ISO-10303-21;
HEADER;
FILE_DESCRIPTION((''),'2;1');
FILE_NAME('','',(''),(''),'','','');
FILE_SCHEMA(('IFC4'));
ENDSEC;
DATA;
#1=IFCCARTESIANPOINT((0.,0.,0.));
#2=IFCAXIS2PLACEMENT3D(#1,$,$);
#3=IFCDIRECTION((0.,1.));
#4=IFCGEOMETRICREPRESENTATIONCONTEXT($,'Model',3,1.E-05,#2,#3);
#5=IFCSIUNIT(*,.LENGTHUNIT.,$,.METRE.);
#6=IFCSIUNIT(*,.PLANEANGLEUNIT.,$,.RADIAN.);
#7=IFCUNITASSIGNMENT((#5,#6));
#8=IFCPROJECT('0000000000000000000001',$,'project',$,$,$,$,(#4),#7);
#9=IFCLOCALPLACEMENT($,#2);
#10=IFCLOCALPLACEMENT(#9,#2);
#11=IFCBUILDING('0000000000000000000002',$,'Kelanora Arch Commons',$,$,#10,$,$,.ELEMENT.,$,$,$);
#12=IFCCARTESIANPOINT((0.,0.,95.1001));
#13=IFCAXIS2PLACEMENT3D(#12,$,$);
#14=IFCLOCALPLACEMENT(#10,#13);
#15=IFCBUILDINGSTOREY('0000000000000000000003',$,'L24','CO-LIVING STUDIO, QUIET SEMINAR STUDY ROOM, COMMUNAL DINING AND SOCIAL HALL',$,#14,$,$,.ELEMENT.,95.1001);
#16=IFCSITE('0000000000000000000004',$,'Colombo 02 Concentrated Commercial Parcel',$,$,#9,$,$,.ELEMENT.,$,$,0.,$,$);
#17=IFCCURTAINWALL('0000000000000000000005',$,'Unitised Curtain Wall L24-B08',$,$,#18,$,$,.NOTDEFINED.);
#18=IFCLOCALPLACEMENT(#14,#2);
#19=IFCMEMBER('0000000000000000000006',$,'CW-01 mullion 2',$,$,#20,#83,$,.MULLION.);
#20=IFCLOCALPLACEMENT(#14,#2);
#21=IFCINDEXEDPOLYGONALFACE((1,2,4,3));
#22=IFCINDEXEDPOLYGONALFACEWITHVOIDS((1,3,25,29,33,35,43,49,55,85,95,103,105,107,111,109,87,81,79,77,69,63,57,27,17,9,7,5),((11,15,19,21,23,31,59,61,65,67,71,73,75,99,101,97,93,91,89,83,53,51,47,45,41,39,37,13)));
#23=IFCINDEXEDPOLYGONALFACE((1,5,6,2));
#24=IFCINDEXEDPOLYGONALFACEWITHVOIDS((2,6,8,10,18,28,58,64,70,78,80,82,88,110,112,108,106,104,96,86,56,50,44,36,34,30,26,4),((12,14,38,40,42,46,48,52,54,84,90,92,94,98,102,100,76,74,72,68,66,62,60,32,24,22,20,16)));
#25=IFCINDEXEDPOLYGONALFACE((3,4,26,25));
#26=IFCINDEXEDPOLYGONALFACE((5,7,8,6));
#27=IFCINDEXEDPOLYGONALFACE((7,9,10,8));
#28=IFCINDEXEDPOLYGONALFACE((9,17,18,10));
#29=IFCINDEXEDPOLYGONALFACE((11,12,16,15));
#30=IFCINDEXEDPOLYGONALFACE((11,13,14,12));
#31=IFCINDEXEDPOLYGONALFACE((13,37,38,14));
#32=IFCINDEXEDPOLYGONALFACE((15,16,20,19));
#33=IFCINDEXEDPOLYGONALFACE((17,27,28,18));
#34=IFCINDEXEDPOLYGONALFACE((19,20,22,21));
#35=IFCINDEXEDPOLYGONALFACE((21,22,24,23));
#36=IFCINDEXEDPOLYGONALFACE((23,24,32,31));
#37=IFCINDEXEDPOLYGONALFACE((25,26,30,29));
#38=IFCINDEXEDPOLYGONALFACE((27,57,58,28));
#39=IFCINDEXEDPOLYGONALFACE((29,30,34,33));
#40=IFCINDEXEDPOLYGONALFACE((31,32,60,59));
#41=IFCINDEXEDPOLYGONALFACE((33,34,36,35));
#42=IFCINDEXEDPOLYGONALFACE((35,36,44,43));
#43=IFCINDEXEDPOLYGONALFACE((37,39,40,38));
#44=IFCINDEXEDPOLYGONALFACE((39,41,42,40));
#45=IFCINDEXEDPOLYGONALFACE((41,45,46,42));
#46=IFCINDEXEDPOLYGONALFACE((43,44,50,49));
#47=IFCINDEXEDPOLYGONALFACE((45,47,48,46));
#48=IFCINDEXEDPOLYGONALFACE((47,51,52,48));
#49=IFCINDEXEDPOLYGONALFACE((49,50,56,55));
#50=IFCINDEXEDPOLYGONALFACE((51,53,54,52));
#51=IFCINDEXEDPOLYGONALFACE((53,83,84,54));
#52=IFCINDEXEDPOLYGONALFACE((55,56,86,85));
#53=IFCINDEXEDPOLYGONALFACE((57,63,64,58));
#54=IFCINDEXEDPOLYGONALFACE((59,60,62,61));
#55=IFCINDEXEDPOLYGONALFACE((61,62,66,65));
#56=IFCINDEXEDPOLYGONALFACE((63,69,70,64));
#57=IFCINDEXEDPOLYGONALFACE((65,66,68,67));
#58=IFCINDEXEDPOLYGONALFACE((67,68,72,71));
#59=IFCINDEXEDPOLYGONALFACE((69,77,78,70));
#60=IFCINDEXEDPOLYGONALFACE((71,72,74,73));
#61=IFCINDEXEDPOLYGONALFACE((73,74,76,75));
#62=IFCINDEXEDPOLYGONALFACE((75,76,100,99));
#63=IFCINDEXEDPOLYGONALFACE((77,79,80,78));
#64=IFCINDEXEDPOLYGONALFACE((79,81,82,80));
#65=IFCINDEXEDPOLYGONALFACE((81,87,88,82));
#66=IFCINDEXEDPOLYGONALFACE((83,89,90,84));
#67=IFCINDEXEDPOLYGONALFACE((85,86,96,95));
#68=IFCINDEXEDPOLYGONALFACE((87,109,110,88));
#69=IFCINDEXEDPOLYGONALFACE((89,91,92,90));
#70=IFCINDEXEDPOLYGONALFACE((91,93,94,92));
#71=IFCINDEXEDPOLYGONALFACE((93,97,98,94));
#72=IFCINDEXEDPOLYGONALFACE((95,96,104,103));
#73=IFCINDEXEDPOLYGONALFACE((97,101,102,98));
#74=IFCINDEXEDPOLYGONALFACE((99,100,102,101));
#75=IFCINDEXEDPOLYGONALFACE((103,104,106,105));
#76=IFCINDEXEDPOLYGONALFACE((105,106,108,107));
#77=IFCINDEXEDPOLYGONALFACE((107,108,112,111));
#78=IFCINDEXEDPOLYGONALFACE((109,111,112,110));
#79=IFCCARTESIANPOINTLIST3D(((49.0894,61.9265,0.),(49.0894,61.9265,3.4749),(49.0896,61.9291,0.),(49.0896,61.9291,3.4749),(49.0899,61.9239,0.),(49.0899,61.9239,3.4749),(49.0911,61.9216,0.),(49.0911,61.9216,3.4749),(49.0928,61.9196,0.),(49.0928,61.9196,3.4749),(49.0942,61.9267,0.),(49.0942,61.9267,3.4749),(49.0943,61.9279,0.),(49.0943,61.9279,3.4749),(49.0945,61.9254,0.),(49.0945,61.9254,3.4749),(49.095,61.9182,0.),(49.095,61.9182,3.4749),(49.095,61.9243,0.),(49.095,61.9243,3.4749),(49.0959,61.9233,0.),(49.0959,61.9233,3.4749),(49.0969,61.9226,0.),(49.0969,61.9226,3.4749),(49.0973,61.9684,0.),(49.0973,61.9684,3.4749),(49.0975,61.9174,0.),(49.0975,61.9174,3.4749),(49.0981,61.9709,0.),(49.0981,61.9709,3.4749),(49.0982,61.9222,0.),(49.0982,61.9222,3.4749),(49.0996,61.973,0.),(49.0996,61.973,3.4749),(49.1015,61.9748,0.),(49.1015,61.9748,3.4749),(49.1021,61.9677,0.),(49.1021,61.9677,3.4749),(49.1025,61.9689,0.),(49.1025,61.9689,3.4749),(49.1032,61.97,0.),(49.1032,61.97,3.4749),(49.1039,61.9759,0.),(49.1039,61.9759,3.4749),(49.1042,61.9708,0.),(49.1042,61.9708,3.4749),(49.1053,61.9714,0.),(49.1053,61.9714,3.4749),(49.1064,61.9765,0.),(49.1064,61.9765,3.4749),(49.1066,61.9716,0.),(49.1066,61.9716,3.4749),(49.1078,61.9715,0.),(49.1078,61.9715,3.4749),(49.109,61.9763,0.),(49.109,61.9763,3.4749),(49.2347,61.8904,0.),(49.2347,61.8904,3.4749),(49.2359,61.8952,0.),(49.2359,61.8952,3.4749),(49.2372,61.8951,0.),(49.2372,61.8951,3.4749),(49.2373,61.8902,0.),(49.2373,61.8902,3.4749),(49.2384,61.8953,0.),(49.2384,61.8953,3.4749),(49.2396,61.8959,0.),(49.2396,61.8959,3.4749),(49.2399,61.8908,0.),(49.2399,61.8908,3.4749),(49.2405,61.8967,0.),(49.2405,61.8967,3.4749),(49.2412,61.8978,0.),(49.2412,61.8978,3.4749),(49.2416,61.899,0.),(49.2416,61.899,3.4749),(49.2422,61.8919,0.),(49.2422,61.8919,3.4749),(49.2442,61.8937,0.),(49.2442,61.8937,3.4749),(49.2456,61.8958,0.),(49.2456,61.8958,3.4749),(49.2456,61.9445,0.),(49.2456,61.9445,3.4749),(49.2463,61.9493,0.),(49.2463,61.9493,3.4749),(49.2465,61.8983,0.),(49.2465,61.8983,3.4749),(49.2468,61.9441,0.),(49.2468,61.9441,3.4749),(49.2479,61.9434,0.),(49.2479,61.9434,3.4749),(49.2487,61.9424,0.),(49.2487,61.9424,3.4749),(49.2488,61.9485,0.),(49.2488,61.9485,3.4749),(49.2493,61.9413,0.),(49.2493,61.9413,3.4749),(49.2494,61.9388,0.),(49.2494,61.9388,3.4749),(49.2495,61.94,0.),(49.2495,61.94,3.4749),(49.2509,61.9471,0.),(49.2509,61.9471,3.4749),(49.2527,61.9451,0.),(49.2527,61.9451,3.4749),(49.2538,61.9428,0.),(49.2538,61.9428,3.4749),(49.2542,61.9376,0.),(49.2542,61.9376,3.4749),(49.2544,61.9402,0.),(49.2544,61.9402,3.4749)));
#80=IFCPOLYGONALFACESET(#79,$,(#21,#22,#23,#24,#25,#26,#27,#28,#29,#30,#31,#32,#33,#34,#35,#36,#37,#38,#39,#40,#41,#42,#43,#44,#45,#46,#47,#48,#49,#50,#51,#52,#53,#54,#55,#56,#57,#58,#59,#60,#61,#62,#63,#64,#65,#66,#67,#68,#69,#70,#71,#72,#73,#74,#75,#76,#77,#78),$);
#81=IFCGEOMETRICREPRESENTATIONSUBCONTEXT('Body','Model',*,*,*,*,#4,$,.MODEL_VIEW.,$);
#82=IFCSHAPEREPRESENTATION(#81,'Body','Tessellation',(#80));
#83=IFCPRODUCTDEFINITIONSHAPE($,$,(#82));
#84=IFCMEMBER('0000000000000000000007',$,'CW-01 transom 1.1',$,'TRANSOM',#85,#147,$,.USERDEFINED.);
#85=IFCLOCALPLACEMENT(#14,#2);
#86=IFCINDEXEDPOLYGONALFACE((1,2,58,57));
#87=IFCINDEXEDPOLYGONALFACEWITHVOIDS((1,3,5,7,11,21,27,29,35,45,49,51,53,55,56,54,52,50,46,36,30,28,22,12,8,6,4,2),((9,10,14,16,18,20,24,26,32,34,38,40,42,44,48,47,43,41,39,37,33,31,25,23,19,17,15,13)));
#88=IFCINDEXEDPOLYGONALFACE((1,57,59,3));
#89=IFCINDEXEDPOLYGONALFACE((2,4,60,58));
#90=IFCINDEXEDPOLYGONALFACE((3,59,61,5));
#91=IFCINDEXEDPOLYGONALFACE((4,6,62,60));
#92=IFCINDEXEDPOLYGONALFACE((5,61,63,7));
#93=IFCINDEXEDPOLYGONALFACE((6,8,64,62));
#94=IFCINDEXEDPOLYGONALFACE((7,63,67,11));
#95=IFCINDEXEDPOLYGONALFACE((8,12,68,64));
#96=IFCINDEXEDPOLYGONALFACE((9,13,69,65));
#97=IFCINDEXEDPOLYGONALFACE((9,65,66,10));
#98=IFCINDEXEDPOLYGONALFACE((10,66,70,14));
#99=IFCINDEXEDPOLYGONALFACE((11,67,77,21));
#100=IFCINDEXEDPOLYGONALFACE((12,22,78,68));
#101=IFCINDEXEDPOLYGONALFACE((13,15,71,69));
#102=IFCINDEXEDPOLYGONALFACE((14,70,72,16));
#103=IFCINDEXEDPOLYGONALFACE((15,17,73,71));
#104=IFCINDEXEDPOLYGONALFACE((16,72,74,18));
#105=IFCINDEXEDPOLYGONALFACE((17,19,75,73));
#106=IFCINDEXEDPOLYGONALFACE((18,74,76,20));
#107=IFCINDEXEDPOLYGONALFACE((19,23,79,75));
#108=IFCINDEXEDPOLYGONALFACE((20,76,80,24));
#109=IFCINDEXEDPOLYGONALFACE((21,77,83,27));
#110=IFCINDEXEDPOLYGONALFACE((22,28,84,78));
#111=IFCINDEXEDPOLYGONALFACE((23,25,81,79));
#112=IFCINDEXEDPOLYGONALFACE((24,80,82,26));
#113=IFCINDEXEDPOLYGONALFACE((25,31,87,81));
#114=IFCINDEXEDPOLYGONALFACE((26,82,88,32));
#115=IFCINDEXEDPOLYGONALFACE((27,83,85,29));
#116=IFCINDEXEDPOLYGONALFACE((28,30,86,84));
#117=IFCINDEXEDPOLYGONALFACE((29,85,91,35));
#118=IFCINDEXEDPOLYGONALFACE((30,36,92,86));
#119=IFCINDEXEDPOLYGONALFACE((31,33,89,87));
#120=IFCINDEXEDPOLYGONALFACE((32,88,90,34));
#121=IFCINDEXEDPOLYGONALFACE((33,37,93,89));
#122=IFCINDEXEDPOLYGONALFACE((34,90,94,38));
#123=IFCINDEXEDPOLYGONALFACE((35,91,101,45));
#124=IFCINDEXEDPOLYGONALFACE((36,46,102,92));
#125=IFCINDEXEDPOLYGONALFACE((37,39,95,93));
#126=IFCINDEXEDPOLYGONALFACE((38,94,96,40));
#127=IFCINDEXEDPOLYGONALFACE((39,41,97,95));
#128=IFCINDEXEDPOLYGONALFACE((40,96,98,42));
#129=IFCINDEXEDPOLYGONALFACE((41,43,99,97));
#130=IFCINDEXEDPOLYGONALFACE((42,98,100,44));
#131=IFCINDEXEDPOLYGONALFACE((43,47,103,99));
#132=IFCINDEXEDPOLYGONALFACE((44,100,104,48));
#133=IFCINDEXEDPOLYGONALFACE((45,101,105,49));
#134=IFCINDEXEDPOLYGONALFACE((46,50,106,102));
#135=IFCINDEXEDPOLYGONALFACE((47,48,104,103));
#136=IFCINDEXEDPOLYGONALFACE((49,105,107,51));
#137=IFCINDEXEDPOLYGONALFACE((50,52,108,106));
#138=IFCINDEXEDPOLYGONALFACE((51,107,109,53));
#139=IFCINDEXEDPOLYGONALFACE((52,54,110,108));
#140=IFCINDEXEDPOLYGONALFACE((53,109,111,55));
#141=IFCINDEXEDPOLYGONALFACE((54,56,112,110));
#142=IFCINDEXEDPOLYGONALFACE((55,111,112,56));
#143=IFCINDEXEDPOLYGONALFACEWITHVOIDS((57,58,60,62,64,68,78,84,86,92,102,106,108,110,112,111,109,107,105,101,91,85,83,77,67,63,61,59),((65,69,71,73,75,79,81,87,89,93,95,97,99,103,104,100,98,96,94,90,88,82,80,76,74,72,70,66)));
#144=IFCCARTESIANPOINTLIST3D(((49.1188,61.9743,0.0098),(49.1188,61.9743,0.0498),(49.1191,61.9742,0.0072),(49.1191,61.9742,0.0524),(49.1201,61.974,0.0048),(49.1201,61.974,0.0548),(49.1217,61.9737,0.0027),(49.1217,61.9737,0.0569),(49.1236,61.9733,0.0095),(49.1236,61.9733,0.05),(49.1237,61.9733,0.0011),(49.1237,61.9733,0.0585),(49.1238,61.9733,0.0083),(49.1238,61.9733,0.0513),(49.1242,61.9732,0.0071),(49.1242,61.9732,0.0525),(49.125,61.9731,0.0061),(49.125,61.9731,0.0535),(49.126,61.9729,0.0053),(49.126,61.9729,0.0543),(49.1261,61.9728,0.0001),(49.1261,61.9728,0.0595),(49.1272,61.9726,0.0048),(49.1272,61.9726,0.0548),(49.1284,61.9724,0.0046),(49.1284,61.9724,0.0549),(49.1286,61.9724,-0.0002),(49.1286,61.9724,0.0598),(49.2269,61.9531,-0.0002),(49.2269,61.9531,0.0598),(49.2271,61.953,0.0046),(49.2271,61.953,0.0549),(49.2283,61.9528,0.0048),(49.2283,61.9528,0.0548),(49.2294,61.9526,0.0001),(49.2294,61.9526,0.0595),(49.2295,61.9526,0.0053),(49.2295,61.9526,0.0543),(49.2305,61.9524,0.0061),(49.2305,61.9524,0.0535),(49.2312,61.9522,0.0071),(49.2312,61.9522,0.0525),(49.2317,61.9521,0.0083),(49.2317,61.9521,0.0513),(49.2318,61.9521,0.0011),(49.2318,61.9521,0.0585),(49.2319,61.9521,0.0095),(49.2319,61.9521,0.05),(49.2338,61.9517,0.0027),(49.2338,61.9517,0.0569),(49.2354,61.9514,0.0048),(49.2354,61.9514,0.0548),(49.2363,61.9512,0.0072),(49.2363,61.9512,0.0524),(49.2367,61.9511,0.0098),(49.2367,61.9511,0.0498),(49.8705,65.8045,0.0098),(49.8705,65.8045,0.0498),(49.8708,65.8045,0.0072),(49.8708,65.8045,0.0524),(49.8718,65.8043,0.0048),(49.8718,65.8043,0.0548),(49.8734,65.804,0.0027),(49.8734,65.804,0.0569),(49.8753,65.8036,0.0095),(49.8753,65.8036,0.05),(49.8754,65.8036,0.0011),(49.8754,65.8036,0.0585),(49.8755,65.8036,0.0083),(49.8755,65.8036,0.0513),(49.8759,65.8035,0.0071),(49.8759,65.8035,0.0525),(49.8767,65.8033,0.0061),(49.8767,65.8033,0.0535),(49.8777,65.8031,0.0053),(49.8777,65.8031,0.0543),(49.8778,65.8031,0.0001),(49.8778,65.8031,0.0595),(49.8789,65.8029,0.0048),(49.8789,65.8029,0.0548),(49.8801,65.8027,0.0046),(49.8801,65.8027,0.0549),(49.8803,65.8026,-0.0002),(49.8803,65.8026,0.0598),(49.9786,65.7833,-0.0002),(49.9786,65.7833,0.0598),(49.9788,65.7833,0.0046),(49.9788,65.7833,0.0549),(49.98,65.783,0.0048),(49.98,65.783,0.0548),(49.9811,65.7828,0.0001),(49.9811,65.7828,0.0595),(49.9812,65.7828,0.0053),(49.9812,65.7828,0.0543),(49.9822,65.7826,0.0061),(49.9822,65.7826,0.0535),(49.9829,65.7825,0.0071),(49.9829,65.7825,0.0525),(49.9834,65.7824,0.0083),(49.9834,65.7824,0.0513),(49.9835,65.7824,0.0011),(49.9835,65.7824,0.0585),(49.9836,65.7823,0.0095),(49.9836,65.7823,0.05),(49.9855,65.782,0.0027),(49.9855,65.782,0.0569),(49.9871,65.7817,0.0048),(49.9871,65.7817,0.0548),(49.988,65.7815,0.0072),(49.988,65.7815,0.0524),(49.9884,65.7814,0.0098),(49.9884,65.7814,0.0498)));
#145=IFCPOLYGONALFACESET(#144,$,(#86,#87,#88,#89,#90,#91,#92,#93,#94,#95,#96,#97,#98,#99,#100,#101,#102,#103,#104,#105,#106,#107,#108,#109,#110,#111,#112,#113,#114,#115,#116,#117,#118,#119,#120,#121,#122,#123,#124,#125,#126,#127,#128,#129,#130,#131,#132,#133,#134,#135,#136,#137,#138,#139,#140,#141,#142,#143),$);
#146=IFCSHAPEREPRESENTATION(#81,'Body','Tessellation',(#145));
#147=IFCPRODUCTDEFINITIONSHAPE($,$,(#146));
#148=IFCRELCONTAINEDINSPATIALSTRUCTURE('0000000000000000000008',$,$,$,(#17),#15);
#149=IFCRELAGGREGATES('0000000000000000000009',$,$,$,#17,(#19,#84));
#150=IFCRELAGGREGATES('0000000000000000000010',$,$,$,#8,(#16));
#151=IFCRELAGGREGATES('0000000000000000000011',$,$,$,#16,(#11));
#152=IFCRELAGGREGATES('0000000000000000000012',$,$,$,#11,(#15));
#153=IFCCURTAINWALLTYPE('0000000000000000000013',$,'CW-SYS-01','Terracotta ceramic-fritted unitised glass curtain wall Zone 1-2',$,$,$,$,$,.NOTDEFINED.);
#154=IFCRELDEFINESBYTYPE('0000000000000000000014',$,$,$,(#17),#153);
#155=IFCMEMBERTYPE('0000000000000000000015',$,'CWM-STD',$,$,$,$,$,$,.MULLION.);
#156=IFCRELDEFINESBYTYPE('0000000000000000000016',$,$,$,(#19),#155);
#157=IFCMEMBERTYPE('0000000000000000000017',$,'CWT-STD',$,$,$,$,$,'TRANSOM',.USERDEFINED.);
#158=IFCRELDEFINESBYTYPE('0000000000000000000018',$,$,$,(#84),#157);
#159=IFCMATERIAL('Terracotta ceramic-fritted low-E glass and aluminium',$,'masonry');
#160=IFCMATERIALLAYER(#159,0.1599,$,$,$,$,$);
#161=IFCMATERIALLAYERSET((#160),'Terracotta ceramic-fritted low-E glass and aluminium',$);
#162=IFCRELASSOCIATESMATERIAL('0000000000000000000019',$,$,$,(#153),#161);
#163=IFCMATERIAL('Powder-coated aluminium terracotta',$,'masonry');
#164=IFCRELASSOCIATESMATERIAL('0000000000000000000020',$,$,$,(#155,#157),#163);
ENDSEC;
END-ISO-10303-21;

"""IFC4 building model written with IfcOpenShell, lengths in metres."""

from ifc_helpers import new_model, si_unit, direction, frame, origin, origin_2d, place, context, subcontext, project, spatial, hollow_rectangle, extrude, material, layer, layer_set, material_profile, profile_set, type_object, element, aggregate, save


model = new_model("IFC4")

# Units and contexts
model_context = context("Model", 3, precision=1e-05, world=origin(), true_north=direction((0.0, 1.0)))
body_context = subcontext(model_context, "Body", "Model", "MODEL_VIEW")
ifc_project = project(units=[si_unit("LENGTHUNIT", "METRE"), si_unit("PLANEANGLEUNIT", "RADIAN")], contexts=[model_context])

# Site, building, storey
site_placement = place(None, origin())
site = spatial("IfcSite", under=ifc_project, at=site_placement, Name="Colombo 02 Concentrated Commercial Parcel", CompositionType="ELEMENT", RefElevation=0.0)
building_placement = place(site_placement, origin())
building = spatial("IfcBuilding", under=site, at=building_placement, Name="Kelanora Arch Commons", CompositionType="ELEMENT")
storey_placement = place(building_placement, frame((0.0, 0.0, 95.1001)))
storey = spatial("IfcBuildingStorey", under=building, at=storey_placement, Name="L24", Description="CO-LIVING STUDIO, QUIET SEMINAR STUDY ROOM, COMMUNAL DINING AND SOCIAL HALL", CompositionType="ELEMENT", Elevation=95.1001)

# Curtain wall, members
ifc_material_1 = material(Name="Terracotta ceramic-fritted low-E glass and aluminium", Category="masonry")
ifc_layer_1 = layer(ifc_material_1, 0.1599)
ifc_layer_set_1 = layer_set([ifc_layer_1], Name="Terracotta ceramic-fritted low-E glass and aluminium")
curtain_wall_type = type_object("IfcCurtainWallType", Name="CW-SYS-01", Description="Terracotta ceramic-fritted unitised glass curtain wall Zone 1-2", PredefinedType="NOTDEFINED", material=ifc_layer_set_1)
curtain_wall_placement = place(storey_placement, origin())
curtain_wall = element("IfcCurtainWall", 1, at=curtain_wall_placement, inside=storey, type_object=curtain_wall_type, Name="Unitised Curtain Wall L24-B08", PredefinedType="NOTDEFINED")
ifc_material_2 = material(Name="Powder-coated aluminium terracotta", Category="masonry")
ifc_material_profile_1 = material_profile(ifc_material_2, hollow_rectangle(XDim=0.1599, YDim=0.0601, WallThickness=0.0049, InnerFilletRadius=0.0049, OuterFilletRadius=0.01, at=origin_2d()), Name="CWM160x60")
ifc_profile_set_1 = profile_set([ifc_material_profile_1], Name="Powder-coated aluminium terracotta")
member_type_1 = type_object("IfcMemberType", Name="CWM-STD", PredefinedType="MULLION", material=ifc_profile_set_1)
member_1_placement = place(storey_placement, frame((49.1719, 61.9333, 0.0), z_axis=(0.0, 0.0, 1.0), x_axis=(0.98128, -0.192585, 0.0)))
member_1 = element("IfcMember", 2, at=member_1_placement, type_object=member_type_1, Name="CW-01 mullion 2", PredefinedType="MULLION", context=body_context, shape_type="SweptSolid", body=[
    extrude(hollow_rectangle(XDim=0.1599, YDim=0.0601, WallThickness=0.0049, InnerFilletRadius=0.0049, OuterFilletRadius=0.01, at=origin_2d()), origin(), (0.0, 0.0, 1.0), 3.4749),
])
ifc_material_profile_2 = material_profile(ifc_material_2, hollow_rectangle(XDim=0.1201, YDim=0.0601, WallThickness=0.0049, InnerFilletRadius=0.0049, OuterFilletRadius=0.01, at=origin_2d()), Name="CWT120x60")
ifc_profile_set_2 = profile_set([ifc_material_profile_2], Name="Powder-coated aluminium terracotta")
member_type_2 = type_object("IfcMemberType", Name="CWT-STD", ElementType="TRANSOM", PredefinedType="USERDEFINED", material=ifc_profile_set_2)
member_2_placement = place(storey_placement, frame((49.9294, 65.793, 0.0298), z_axis=(-0.192579, -0.981282, 0.0), x_axis=(0.981282, -0.192579, 0.0)))
member_2 = element("IfcMember", 3, at=member_2_placement, type_object=member_type_2, Name="CW-01 transom 1.1", ObjectType="TRANSOM", PredefinedType="USERDEFINED", context=body_context, shape_type="SweptSolid", body=[
    extrude(hollow_rectangle(XDim=0.1201, YDim=0.0601, WallThickness=0.0049, InnerFilletRadius=0.0049, OuterFilletRadius=0.01, at=origin_2d()), origin(), (0.0, 0.0, 1.0), 3.9033),
])
aggregate(curtain_wall, [member_1, member_2])

save(model, "model.ifc")
